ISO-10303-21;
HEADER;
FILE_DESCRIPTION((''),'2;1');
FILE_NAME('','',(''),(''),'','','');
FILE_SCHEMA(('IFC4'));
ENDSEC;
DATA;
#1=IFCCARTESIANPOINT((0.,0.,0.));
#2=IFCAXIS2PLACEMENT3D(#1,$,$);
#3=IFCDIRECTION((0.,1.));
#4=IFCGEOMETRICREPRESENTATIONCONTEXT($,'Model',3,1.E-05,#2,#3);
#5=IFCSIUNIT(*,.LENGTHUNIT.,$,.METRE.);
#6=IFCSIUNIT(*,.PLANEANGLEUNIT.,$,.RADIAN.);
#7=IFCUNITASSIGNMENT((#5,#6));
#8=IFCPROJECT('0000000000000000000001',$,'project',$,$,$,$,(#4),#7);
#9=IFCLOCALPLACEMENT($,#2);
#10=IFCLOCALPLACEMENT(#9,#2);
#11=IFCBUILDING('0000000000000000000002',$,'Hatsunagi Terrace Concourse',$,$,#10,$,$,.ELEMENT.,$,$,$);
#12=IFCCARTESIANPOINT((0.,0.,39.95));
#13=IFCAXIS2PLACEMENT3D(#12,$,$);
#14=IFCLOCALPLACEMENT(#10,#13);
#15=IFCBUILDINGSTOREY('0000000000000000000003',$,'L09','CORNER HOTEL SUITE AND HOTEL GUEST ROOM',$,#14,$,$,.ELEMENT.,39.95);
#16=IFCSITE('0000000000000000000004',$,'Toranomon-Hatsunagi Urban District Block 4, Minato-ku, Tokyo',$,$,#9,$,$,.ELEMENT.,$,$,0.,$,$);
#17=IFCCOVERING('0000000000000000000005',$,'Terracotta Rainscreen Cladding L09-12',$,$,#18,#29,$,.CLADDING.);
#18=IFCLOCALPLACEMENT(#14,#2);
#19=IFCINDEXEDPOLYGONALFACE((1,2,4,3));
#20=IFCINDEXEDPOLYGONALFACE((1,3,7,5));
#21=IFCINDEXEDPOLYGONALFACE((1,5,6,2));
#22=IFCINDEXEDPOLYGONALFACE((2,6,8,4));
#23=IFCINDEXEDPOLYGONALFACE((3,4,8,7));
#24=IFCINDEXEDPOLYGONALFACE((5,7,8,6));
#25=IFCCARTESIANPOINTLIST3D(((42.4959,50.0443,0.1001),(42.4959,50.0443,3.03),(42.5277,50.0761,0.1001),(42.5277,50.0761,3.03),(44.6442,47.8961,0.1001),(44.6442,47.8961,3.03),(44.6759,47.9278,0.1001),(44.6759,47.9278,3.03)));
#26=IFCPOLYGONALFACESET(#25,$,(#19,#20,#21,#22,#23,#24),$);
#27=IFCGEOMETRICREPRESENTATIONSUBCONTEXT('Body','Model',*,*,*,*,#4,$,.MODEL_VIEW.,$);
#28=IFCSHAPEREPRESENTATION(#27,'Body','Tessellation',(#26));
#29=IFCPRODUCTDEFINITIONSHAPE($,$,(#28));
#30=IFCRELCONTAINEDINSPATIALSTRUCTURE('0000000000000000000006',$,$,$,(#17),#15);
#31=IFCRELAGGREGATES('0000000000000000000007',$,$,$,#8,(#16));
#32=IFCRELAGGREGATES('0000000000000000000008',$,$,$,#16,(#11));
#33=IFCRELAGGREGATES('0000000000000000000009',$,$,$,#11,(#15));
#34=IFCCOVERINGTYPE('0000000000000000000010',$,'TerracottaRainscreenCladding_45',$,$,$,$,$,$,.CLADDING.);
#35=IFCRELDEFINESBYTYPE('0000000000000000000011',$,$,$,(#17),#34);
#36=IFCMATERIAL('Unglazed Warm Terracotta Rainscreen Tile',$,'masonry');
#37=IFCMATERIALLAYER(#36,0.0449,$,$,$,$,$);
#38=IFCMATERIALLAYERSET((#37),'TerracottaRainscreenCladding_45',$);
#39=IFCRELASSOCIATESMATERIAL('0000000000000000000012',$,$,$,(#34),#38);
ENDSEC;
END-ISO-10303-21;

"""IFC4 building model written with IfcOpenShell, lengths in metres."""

from ifc_helpers import new_model, si_unit, direction, frame, origin, origin_2d, place, context, subcontext, project, spatial, rectangle, extrude, material, layer, layer_set, type_object, element, save


model = new_model("IFC4")

# Units and contexts
model_context = context("Model", 3, precision=1e-05, world=origin(), true_north=direction((0.0, 1.0)))
body_context = subcontext(model_context, "Body", "Model", "MODEL_VIEW")
ifc_project = project(units=[si_unit("LENGTHUNIT", "METRE"), si_unit("PLANEANGLEUNIT", "RADIAN")], contexts=[model_context])

# Site, building, storey
site_placement = place(None, origin())
site = spatial("IfcSite", under=ifc_project, at=site_placement, Name="Toranomon-Hatsunagi Urban District Block 4, Minato-ku, Tokyo", CompositionType="ELEMENT", RefElevation=0.0)
building_placement = place(site_placement, origin())
building = spatial("IfcBuilding", under=site, at=building_placement, Name="Hatsunagi Terrace Concourse", CompositionType="ELEMENT")
storey_placement = place(building_placement, frame((0.0, 0.0, 39.95)))
storey = spatial("IfcBuildingStorey", under=building, at=storey_placement, Name="L09", Description="CORNER HOTEL SUITE AND HOTEL GUEST ROOM", CompositionType="ELEMENT", Elevation=39.95)

# Covering
ifc_material_1 = material(Name="Unglazed Warm Terracotta Rainscreen Tile", Category="masonry")
ifc_layer_1 = layer(ifc_material_1, 0.0449)
ifc_layer_set_1 = layer_set([ifc_layer_1], Name="TerracottaRainscreenCladding_45")
covering_type = type_object("IfcCoveringType", Name="TerracottaRainscreenCladding_45", PredefinedType="CLADDING", material=ifc_layer_set_1)
covering_placement = place(storey_placement, frame((43.5859, 48.9861, 0.1001), z_axis=(0.0, 0.0, 1.0), x_axis=(0.707107, -0.707107, 0.0)))
element("IfcCovering", 1, at=covering_placement, inside=storey, type_object=covering_type, Name="Terracotta Rainscreen Cladding L09-12", PredefinedType="CLADDING", context=body_context, shape_type="SweptSolid", body=[
    extrude(rectangle(XDim=3.0381, YDim=0.0449, at=origin_2d()), origin(), (0.0, 0.0, 1.0), 2.9299),
])

save(model, "model.ifc")
